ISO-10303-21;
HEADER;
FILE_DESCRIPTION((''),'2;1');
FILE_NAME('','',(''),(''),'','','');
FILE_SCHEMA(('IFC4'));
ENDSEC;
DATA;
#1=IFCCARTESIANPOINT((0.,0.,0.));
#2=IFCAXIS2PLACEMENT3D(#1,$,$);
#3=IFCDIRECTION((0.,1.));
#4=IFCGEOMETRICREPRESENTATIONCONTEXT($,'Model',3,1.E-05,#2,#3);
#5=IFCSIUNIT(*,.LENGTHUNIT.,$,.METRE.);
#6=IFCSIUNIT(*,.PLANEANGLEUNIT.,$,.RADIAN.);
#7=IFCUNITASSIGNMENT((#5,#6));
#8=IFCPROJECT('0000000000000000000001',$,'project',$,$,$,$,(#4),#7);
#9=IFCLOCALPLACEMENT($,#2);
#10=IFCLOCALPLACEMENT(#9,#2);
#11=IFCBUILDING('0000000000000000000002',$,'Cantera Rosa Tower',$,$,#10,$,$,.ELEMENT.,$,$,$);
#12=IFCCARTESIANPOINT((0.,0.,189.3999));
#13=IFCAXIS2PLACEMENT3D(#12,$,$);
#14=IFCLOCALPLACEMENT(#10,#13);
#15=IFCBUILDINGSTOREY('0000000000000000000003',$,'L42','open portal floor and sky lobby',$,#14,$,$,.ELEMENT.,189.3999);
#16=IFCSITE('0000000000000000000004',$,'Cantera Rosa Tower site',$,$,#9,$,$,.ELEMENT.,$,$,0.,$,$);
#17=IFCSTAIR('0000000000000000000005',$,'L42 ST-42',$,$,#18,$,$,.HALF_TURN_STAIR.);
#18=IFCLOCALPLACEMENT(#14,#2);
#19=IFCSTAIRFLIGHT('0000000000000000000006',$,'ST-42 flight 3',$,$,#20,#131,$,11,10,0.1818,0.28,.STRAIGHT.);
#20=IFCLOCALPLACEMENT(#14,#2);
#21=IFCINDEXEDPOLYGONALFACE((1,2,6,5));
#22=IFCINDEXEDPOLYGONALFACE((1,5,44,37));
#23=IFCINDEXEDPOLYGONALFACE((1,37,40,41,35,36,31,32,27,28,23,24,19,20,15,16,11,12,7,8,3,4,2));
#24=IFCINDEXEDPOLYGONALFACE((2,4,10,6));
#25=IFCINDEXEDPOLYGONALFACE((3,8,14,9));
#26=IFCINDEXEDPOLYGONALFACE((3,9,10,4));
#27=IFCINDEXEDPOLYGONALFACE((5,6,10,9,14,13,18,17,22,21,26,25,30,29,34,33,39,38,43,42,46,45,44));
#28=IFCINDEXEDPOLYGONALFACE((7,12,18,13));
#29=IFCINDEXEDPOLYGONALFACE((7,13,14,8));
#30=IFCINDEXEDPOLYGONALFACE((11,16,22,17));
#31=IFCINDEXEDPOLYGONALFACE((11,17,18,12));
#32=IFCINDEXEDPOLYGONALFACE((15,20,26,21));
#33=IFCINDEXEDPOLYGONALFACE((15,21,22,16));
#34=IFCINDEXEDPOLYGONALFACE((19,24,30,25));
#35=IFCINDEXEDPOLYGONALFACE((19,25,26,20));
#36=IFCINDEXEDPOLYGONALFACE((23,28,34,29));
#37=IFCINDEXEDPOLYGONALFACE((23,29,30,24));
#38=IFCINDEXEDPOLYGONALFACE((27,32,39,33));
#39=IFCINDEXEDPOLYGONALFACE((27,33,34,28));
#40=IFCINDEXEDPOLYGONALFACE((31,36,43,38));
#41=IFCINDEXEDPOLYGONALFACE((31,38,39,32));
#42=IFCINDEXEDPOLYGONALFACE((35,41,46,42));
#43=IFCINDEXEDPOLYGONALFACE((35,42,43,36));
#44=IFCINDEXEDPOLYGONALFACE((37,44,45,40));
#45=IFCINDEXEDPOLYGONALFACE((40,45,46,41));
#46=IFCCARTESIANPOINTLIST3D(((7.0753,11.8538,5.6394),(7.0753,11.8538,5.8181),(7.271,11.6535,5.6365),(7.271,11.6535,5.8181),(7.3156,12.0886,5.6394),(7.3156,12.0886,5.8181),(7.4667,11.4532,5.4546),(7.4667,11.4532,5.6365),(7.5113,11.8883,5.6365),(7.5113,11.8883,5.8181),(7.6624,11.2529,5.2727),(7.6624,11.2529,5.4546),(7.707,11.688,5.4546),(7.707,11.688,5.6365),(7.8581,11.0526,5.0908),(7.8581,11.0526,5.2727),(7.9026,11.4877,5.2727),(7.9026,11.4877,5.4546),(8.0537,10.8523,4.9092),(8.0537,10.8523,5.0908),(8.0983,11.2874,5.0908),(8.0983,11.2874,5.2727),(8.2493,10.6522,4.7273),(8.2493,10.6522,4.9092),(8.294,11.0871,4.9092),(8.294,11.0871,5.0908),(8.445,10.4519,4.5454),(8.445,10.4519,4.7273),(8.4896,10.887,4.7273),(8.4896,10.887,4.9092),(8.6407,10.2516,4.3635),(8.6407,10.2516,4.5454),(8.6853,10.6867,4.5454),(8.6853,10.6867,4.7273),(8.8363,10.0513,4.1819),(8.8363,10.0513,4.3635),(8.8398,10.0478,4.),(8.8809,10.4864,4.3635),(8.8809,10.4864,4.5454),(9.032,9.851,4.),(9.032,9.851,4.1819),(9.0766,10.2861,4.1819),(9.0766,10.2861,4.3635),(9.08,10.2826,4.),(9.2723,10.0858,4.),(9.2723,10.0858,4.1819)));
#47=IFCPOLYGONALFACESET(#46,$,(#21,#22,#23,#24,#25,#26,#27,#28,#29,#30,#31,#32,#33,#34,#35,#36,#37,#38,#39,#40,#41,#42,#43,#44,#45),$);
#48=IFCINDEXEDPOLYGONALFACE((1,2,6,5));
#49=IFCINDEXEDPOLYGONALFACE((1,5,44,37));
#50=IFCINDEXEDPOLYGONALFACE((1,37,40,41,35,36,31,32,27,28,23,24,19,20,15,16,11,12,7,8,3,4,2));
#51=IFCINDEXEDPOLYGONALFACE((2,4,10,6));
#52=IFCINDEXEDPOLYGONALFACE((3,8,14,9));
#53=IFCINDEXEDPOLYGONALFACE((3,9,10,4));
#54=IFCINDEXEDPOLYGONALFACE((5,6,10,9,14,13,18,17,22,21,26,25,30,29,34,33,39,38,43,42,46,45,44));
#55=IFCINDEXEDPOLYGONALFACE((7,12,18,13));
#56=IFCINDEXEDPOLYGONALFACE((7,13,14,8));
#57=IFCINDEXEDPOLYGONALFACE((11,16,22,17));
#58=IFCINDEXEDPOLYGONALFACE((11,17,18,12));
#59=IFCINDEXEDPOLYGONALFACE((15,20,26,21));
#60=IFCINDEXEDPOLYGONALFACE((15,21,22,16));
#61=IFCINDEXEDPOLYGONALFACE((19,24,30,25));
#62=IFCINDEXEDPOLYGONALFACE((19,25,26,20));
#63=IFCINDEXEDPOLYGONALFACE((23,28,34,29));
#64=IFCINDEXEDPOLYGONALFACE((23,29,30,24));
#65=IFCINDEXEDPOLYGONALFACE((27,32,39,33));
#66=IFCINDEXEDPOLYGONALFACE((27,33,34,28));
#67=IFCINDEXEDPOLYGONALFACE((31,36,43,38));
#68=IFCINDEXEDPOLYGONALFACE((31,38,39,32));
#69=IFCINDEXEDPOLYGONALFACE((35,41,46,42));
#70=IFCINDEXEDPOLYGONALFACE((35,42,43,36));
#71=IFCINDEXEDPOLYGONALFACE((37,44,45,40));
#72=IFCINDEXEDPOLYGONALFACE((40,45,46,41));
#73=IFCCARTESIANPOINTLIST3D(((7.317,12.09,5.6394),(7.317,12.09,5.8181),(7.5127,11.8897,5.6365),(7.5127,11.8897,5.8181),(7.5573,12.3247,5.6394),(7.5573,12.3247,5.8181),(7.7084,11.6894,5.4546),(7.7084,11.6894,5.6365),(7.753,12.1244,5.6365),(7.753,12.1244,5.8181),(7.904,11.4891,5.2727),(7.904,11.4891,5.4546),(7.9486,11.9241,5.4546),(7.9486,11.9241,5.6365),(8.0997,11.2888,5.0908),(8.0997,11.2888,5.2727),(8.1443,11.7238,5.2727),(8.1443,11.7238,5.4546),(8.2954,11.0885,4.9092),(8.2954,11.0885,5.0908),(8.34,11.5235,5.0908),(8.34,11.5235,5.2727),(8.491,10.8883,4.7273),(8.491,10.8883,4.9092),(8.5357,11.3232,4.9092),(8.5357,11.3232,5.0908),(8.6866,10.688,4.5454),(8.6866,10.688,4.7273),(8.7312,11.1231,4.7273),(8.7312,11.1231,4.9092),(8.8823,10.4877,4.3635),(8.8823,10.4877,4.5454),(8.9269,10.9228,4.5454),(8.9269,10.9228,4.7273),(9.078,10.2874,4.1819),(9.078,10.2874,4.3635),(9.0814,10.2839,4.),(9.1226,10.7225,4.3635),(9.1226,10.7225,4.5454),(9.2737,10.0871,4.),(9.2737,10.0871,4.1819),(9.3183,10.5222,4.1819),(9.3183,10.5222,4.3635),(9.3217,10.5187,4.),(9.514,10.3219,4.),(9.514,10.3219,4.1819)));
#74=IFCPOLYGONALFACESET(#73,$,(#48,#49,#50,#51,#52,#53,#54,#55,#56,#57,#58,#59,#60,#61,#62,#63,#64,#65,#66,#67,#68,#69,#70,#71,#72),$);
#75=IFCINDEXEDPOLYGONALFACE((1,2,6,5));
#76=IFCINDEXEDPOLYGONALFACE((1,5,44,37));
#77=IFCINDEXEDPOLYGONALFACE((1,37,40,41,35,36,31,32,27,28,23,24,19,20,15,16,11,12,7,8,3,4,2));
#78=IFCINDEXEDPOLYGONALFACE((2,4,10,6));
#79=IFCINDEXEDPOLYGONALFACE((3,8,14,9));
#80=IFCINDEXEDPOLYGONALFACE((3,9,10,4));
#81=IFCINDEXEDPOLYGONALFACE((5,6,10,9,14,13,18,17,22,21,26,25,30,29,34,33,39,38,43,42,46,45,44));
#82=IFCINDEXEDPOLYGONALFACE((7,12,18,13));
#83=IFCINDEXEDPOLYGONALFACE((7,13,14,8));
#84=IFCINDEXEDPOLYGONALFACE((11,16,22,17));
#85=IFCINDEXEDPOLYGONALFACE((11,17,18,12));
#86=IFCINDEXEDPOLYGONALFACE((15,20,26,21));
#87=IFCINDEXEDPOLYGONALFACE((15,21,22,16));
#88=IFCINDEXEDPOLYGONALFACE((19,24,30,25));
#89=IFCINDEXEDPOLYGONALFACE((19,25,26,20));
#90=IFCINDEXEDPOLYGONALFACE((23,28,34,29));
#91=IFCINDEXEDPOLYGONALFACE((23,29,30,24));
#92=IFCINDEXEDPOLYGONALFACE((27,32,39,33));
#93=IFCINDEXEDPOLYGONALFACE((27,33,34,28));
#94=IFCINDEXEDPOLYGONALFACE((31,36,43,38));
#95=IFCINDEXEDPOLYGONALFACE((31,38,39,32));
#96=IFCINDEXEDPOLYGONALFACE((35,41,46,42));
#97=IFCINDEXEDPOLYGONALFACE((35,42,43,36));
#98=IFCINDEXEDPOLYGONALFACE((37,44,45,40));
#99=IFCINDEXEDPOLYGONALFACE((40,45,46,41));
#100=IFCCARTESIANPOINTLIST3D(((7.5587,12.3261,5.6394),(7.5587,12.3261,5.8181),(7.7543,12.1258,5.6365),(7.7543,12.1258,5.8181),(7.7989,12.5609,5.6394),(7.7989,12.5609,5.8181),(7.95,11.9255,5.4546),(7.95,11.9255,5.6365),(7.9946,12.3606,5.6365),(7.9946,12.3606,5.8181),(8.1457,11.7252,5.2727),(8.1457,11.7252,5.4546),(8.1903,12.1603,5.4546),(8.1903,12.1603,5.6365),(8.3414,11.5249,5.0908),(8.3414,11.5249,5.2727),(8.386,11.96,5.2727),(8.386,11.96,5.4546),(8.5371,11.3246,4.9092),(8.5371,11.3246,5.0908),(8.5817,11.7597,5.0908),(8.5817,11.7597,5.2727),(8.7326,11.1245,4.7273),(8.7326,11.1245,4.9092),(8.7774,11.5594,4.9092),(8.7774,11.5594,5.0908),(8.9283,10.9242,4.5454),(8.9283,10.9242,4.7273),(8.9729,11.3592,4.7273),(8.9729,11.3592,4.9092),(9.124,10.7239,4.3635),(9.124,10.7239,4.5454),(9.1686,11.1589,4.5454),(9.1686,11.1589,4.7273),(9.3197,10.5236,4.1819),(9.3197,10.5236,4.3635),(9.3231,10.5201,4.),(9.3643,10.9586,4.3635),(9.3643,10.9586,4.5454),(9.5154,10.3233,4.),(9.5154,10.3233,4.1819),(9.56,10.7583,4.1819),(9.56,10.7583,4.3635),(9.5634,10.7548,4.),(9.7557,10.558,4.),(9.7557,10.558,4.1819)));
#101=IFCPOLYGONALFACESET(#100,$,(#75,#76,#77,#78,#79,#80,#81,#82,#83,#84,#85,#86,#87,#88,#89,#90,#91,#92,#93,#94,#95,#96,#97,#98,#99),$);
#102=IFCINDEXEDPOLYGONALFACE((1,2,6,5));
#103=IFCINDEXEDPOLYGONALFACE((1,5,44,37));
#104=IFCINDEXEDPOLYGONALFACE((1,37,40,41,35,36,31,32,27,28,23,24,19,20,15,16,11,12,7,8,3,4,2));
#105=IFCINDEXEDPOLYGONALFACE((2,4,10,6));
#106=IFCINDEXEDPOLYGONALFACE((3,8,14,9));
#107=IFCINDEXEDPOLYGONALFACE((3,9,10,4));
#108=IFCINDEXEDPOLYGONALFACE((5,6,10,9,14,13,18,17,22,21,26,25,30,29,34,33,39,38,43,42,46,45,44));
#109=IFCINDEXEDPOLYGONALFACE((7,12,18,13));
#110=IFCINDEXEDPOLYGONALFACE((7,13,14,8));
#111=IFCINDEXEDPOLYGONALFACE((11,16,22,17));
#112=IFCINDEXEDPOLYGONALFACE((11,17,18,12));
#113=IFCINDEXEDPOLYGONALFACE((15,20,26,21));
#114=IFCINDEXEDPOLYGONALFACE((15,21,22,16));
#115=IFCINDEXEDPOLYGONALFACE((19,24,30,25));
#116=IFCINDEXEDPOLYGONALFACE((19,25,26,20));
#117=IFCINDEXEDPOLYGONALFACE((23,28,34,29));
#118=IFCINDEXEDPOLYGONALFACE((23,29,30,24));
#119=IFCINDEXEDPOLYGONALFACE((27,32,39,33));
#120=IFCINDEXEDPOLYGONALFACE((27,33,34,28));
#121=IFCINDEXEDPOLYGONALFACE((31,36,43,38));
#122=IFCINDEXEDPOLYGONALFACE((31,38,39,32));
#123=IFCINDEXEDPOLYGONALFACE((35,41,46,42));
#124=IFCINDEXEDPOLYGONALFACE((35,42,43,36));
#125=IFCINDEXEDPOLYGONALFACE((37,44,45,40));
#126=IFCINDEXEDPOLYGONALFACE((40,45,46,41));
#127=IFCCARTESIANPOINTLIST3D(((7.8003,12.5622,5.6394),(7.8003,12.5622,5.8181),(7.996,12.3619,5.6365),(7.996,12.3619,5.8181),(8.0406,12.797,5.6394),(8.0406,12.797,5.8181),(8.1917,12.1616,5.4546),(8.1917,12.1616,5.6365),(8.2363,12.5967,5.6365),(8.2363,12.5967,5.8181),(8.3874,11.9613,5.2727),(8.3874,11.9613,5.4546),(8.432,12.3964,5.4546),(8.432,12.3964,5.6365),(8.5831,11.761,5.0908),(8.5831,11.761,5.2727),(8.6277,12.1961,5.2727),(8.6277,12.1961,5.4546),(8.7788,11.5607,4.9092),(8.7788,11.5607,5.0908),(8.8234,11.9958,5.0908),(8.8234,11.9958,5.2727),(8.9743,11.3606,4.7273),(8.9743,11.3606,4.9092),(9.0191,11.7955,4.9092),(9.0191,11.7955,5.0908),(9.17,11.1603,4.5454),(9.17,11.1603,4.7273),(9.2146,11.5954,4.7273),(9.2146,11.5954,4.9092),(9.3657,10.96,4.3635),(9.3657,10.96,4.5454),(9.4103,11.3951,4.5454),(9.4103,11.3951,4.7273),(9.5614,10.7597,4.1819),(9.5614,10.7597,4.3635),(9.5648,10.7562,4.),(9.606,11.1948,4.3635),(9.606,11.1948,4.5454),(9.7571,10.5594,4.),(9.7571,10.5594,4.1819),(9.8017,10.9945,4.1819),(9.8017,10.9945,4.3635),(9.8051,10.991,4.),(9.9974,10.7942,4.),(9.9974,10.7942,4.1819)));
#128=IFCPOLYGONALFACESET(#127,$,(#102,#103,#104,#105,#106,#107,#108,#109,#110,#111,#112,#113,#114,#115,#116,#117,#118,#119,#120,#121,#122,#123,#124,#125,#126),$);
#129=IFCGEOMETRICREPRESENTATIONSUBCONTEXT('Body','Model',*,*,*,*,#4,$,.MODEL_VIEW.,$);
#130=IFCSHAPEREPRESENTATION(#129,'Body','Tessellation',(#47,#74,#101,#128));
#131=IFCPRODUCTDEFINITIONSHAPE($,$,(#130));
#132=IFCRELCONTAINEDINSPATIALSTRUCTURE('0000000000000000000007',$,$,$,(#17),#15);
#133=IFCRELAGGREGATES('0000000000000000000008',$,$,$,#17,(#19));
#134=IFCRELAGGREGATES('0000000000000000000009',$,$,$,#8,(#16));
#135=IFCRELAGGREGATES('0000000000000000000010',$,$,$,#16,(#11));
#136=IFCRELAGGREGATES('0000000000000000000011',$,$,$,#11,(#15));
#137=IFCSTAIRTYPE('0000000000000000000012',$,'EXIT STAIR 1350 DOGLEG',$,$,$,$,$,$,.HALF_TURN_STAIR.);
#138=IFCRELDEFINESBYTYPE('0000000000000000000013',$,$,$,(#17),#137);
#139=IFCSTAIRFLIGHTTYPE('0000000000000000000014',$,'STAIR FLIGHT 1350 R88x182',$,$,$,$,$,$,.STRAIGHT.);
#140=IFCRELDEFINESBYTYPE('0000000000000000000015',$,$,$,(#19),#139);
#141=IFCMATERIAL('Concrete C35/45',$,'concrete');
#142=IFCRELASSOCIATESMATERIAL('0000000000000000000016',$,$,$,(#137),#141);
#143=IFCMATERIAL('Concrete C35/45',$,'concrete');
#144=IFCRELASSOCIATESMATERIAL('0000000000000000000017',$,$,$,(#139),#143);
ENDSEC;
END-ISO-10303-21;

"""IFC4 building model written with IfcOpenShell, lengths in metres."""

from ifc_helpers import new_model, si_unit, direction, frame, origin, place, context, subcontext, project, spatial, polyline, outline, extrude, material, type_object, element, aggregate, save


model = new_model("IFC4")

# Units and contexts
model_context = context("Model", 3, precision=1e-05, world=origin(), true_north=direction((0.0, 1.0)))
body_context = subcontext(model_context, "Body", "Model", "MODEL_VIEW")
ifc_project = project(units=[si_unit("LENGTHUNIT", "METRE"), si_unit("PLANEANGLEUNIT", "RADIAN")], contexts=[model_context])

# Site, building, storey
site_placement = place(None, origin())
site = spatial("IfcSite", under=ifc_project, at=site_placement, Name="Cantera Rosa Tower site", CompositionType="ELEMENT", RefElevation=0.0)
building_placement = place(site_placement, origin())
building = spatial("IfcBuilding", under=site, at=building_placement, Name="Cantera Rosa Tower", CompositionType="ELEMENT")
storey_placement = place(building_placement, frame((0.0, 0.0, 189.3999)))
storey = spatial("IfcBuildingStorey", under=building, at=storey_placement, Name="L42", Description="open portal floor and sky lobby", CompositionType="ELEMENT", Elevation=189.3999)

# Shared definitions
ifc_material_1 = material(Name="Concrete C35/45", Category="concrete")
stair_type = type_object("IfcStairType", Name="EXIT STAIR 1350 DOGLEG", PredefinedType="HALF_TURN_STAIR", material=ifc_material_1)
ifc_material_2 = material(Name="Concrete C35/45", Category="concrete")
stair_flight_type = type_object("IfcStairFlightType", Name="STAIR FLIGHT 1350 R88x182", PredefinedType="STRAIGHT", material=ifc_material_2)

# Stair, stair flight
stair_1_placement = place(storey_placement, origin())
stair_1 = element("IfcStair", 1, at=stair_1_placement, inside=storey, type_object=stair_type, Name="L42 ST-42", PredefinedType="HALF_TURN_STAIR")
stair_flight_1_placement = place(storey_placement, frame((9.5149, 10.3228, 4.0), z_axis=(0.0, 0.0, 1.0), x_axis=(-0.698832, 0.715286, 0.0)))
stair_flight_1 = element("IfcStairFlight", 2, at=stair_flight_1_placement, type_object=stair_flight_type, Name="ST-42 flight 3", NumberOfRisers=11, NumberOfTreads=10, PredefinedType="STRAIGHT", RiserHeight=0.1818, TreadLength=0.28, context=body_context, shape_type="SweptSolid", body=[
    extrude(outline(polyline([(0.0, 0.0), (0.0, 0.1819), (0.28, 0.1819), (0.28, 0.3635), (0.5601, 0.3635), (0.5601, 0.5454), (0.8401, 0.5454), (0.8401, 0.7273), (1.1201, 0.7273), (1.1201, 0.9092), (1.3999, 0.9092), (1.3999, 1.0908), (1.6799, 1.0908), (1.6799, 1.2727), (1.96, 1.2727), (1.96, 1.4546), (2.24, 1.4546), (2.24, 1.6365), (2.52, 1.6365), (2.52, 1.8181), (2.8, 1.8181), (2.8, 2.0), (2.8, 1.6394), (0.2751, 0.0), (0.0, 0.0)])), frame((0.0, 0.675, 0.0), z_axis=(0.0, -1.0, 0.0), x_axis=(1.0, 0.0, 0.0)), (0.0, 0.0, 1.0), 0.3359),
    extrude(outline(polyline([(0.0, 0.0), (0.0, 0.1819), (0.28, 0.1819), (0.28, 0.3635), (0.5601, 0.3635), (0.5601, 0.5454), (0.8401, 0.5454), (0.8401, 0.7273), (1.1201, 0.7273), (1.1201, 0.9092), (1.3999, 0.9092), (1.3999, 1.0908), (1.6799, 1.0908), (1.6799, 1.2727), (1.96, 1.2727), (1.96, 1.4546), (2.24, 1.4546), (2.24, 1.6365), (2.52, 1.6365), (2.52, 1.8181), (2.8, 1.8181), (2.8, 2.0), (2.8, 1.6394), (0.2751, 0.0), (0.0, 0.0)])), frame((0.0, 0.3372, 0.0), z_axis=(0.0, -1.0, 0.0), x_axis=(1.0, 0.0, 0.0)), (0.0, 0.0, 1.0), 0.3359),
    extrude(outline(polyline([(0.0, 0.0), (0.0, 0.1819), (0.28, 0.1819), (0.28, 0.3635), (0.5601, 0.3635), (0.5601, 0.5454), (0.8401, 0.5454), (0.8401, 0.7273), (1.1201, 0.7273), (1.1201, 0.9092), (1.3999, 0.9092), (1.3999, 1.0908), (1.6799, 1.0908), (1.6799, 1.2727), (1.96, 1.2727), (1.96, 1.4546), (2.24, 1.4546), (2.24, 1.6365), (2.52, 1.6365), (2.52, 1.8181), (2.8, 1.8181), (2.8, 2.0), (2.8, 1.6394), (0.2751, 0.0), (0.0, 0.0)])), frame((0.0, -0.0007, 0.0), z_axis=(0.0, -1.0, 0.0), x_axis=(1.0, 0.0, 0.0)), (0.0, 0.0, 1.0), 0.3359),
    extrude(outline(polyline([(0.0, 0.0), (0.0, 0.1819), (0.28, 0.1819), (0.28, 0.3635), (0.5601, 0.3635), (0.5601, 0.5454), (0.8401, 0.5454), (0.8401, 0.7273), (1.1201, 0.7273), (1.1201, 0.9092), (1.3999, 0.9092), (1.3999, 1.0908), (1.6799, 1.0908), (1.6799, 1.2727), (1.96, 1.2727), (1.96, 1.4546), (2.24, 1.4546), (2.24, 1.6365), (2.52, 1.6365), (2.52, 1.8181), (2.8, 1.8181), (2.8, 2.0), (2.8, 1.6394), (0.2751, 0.0), (0.0, 0.0)])), frame((0.0, -0.3386, 0.0), z_axis=(0.0, -1.0, 0.0), x_axis=(1.0, 0.0, 0.0)), (0.0, 0.0, 1.0), 0.3359),
])
aggregate(stair_1, [stair_flight_1])

save(model, "model.ifc")
